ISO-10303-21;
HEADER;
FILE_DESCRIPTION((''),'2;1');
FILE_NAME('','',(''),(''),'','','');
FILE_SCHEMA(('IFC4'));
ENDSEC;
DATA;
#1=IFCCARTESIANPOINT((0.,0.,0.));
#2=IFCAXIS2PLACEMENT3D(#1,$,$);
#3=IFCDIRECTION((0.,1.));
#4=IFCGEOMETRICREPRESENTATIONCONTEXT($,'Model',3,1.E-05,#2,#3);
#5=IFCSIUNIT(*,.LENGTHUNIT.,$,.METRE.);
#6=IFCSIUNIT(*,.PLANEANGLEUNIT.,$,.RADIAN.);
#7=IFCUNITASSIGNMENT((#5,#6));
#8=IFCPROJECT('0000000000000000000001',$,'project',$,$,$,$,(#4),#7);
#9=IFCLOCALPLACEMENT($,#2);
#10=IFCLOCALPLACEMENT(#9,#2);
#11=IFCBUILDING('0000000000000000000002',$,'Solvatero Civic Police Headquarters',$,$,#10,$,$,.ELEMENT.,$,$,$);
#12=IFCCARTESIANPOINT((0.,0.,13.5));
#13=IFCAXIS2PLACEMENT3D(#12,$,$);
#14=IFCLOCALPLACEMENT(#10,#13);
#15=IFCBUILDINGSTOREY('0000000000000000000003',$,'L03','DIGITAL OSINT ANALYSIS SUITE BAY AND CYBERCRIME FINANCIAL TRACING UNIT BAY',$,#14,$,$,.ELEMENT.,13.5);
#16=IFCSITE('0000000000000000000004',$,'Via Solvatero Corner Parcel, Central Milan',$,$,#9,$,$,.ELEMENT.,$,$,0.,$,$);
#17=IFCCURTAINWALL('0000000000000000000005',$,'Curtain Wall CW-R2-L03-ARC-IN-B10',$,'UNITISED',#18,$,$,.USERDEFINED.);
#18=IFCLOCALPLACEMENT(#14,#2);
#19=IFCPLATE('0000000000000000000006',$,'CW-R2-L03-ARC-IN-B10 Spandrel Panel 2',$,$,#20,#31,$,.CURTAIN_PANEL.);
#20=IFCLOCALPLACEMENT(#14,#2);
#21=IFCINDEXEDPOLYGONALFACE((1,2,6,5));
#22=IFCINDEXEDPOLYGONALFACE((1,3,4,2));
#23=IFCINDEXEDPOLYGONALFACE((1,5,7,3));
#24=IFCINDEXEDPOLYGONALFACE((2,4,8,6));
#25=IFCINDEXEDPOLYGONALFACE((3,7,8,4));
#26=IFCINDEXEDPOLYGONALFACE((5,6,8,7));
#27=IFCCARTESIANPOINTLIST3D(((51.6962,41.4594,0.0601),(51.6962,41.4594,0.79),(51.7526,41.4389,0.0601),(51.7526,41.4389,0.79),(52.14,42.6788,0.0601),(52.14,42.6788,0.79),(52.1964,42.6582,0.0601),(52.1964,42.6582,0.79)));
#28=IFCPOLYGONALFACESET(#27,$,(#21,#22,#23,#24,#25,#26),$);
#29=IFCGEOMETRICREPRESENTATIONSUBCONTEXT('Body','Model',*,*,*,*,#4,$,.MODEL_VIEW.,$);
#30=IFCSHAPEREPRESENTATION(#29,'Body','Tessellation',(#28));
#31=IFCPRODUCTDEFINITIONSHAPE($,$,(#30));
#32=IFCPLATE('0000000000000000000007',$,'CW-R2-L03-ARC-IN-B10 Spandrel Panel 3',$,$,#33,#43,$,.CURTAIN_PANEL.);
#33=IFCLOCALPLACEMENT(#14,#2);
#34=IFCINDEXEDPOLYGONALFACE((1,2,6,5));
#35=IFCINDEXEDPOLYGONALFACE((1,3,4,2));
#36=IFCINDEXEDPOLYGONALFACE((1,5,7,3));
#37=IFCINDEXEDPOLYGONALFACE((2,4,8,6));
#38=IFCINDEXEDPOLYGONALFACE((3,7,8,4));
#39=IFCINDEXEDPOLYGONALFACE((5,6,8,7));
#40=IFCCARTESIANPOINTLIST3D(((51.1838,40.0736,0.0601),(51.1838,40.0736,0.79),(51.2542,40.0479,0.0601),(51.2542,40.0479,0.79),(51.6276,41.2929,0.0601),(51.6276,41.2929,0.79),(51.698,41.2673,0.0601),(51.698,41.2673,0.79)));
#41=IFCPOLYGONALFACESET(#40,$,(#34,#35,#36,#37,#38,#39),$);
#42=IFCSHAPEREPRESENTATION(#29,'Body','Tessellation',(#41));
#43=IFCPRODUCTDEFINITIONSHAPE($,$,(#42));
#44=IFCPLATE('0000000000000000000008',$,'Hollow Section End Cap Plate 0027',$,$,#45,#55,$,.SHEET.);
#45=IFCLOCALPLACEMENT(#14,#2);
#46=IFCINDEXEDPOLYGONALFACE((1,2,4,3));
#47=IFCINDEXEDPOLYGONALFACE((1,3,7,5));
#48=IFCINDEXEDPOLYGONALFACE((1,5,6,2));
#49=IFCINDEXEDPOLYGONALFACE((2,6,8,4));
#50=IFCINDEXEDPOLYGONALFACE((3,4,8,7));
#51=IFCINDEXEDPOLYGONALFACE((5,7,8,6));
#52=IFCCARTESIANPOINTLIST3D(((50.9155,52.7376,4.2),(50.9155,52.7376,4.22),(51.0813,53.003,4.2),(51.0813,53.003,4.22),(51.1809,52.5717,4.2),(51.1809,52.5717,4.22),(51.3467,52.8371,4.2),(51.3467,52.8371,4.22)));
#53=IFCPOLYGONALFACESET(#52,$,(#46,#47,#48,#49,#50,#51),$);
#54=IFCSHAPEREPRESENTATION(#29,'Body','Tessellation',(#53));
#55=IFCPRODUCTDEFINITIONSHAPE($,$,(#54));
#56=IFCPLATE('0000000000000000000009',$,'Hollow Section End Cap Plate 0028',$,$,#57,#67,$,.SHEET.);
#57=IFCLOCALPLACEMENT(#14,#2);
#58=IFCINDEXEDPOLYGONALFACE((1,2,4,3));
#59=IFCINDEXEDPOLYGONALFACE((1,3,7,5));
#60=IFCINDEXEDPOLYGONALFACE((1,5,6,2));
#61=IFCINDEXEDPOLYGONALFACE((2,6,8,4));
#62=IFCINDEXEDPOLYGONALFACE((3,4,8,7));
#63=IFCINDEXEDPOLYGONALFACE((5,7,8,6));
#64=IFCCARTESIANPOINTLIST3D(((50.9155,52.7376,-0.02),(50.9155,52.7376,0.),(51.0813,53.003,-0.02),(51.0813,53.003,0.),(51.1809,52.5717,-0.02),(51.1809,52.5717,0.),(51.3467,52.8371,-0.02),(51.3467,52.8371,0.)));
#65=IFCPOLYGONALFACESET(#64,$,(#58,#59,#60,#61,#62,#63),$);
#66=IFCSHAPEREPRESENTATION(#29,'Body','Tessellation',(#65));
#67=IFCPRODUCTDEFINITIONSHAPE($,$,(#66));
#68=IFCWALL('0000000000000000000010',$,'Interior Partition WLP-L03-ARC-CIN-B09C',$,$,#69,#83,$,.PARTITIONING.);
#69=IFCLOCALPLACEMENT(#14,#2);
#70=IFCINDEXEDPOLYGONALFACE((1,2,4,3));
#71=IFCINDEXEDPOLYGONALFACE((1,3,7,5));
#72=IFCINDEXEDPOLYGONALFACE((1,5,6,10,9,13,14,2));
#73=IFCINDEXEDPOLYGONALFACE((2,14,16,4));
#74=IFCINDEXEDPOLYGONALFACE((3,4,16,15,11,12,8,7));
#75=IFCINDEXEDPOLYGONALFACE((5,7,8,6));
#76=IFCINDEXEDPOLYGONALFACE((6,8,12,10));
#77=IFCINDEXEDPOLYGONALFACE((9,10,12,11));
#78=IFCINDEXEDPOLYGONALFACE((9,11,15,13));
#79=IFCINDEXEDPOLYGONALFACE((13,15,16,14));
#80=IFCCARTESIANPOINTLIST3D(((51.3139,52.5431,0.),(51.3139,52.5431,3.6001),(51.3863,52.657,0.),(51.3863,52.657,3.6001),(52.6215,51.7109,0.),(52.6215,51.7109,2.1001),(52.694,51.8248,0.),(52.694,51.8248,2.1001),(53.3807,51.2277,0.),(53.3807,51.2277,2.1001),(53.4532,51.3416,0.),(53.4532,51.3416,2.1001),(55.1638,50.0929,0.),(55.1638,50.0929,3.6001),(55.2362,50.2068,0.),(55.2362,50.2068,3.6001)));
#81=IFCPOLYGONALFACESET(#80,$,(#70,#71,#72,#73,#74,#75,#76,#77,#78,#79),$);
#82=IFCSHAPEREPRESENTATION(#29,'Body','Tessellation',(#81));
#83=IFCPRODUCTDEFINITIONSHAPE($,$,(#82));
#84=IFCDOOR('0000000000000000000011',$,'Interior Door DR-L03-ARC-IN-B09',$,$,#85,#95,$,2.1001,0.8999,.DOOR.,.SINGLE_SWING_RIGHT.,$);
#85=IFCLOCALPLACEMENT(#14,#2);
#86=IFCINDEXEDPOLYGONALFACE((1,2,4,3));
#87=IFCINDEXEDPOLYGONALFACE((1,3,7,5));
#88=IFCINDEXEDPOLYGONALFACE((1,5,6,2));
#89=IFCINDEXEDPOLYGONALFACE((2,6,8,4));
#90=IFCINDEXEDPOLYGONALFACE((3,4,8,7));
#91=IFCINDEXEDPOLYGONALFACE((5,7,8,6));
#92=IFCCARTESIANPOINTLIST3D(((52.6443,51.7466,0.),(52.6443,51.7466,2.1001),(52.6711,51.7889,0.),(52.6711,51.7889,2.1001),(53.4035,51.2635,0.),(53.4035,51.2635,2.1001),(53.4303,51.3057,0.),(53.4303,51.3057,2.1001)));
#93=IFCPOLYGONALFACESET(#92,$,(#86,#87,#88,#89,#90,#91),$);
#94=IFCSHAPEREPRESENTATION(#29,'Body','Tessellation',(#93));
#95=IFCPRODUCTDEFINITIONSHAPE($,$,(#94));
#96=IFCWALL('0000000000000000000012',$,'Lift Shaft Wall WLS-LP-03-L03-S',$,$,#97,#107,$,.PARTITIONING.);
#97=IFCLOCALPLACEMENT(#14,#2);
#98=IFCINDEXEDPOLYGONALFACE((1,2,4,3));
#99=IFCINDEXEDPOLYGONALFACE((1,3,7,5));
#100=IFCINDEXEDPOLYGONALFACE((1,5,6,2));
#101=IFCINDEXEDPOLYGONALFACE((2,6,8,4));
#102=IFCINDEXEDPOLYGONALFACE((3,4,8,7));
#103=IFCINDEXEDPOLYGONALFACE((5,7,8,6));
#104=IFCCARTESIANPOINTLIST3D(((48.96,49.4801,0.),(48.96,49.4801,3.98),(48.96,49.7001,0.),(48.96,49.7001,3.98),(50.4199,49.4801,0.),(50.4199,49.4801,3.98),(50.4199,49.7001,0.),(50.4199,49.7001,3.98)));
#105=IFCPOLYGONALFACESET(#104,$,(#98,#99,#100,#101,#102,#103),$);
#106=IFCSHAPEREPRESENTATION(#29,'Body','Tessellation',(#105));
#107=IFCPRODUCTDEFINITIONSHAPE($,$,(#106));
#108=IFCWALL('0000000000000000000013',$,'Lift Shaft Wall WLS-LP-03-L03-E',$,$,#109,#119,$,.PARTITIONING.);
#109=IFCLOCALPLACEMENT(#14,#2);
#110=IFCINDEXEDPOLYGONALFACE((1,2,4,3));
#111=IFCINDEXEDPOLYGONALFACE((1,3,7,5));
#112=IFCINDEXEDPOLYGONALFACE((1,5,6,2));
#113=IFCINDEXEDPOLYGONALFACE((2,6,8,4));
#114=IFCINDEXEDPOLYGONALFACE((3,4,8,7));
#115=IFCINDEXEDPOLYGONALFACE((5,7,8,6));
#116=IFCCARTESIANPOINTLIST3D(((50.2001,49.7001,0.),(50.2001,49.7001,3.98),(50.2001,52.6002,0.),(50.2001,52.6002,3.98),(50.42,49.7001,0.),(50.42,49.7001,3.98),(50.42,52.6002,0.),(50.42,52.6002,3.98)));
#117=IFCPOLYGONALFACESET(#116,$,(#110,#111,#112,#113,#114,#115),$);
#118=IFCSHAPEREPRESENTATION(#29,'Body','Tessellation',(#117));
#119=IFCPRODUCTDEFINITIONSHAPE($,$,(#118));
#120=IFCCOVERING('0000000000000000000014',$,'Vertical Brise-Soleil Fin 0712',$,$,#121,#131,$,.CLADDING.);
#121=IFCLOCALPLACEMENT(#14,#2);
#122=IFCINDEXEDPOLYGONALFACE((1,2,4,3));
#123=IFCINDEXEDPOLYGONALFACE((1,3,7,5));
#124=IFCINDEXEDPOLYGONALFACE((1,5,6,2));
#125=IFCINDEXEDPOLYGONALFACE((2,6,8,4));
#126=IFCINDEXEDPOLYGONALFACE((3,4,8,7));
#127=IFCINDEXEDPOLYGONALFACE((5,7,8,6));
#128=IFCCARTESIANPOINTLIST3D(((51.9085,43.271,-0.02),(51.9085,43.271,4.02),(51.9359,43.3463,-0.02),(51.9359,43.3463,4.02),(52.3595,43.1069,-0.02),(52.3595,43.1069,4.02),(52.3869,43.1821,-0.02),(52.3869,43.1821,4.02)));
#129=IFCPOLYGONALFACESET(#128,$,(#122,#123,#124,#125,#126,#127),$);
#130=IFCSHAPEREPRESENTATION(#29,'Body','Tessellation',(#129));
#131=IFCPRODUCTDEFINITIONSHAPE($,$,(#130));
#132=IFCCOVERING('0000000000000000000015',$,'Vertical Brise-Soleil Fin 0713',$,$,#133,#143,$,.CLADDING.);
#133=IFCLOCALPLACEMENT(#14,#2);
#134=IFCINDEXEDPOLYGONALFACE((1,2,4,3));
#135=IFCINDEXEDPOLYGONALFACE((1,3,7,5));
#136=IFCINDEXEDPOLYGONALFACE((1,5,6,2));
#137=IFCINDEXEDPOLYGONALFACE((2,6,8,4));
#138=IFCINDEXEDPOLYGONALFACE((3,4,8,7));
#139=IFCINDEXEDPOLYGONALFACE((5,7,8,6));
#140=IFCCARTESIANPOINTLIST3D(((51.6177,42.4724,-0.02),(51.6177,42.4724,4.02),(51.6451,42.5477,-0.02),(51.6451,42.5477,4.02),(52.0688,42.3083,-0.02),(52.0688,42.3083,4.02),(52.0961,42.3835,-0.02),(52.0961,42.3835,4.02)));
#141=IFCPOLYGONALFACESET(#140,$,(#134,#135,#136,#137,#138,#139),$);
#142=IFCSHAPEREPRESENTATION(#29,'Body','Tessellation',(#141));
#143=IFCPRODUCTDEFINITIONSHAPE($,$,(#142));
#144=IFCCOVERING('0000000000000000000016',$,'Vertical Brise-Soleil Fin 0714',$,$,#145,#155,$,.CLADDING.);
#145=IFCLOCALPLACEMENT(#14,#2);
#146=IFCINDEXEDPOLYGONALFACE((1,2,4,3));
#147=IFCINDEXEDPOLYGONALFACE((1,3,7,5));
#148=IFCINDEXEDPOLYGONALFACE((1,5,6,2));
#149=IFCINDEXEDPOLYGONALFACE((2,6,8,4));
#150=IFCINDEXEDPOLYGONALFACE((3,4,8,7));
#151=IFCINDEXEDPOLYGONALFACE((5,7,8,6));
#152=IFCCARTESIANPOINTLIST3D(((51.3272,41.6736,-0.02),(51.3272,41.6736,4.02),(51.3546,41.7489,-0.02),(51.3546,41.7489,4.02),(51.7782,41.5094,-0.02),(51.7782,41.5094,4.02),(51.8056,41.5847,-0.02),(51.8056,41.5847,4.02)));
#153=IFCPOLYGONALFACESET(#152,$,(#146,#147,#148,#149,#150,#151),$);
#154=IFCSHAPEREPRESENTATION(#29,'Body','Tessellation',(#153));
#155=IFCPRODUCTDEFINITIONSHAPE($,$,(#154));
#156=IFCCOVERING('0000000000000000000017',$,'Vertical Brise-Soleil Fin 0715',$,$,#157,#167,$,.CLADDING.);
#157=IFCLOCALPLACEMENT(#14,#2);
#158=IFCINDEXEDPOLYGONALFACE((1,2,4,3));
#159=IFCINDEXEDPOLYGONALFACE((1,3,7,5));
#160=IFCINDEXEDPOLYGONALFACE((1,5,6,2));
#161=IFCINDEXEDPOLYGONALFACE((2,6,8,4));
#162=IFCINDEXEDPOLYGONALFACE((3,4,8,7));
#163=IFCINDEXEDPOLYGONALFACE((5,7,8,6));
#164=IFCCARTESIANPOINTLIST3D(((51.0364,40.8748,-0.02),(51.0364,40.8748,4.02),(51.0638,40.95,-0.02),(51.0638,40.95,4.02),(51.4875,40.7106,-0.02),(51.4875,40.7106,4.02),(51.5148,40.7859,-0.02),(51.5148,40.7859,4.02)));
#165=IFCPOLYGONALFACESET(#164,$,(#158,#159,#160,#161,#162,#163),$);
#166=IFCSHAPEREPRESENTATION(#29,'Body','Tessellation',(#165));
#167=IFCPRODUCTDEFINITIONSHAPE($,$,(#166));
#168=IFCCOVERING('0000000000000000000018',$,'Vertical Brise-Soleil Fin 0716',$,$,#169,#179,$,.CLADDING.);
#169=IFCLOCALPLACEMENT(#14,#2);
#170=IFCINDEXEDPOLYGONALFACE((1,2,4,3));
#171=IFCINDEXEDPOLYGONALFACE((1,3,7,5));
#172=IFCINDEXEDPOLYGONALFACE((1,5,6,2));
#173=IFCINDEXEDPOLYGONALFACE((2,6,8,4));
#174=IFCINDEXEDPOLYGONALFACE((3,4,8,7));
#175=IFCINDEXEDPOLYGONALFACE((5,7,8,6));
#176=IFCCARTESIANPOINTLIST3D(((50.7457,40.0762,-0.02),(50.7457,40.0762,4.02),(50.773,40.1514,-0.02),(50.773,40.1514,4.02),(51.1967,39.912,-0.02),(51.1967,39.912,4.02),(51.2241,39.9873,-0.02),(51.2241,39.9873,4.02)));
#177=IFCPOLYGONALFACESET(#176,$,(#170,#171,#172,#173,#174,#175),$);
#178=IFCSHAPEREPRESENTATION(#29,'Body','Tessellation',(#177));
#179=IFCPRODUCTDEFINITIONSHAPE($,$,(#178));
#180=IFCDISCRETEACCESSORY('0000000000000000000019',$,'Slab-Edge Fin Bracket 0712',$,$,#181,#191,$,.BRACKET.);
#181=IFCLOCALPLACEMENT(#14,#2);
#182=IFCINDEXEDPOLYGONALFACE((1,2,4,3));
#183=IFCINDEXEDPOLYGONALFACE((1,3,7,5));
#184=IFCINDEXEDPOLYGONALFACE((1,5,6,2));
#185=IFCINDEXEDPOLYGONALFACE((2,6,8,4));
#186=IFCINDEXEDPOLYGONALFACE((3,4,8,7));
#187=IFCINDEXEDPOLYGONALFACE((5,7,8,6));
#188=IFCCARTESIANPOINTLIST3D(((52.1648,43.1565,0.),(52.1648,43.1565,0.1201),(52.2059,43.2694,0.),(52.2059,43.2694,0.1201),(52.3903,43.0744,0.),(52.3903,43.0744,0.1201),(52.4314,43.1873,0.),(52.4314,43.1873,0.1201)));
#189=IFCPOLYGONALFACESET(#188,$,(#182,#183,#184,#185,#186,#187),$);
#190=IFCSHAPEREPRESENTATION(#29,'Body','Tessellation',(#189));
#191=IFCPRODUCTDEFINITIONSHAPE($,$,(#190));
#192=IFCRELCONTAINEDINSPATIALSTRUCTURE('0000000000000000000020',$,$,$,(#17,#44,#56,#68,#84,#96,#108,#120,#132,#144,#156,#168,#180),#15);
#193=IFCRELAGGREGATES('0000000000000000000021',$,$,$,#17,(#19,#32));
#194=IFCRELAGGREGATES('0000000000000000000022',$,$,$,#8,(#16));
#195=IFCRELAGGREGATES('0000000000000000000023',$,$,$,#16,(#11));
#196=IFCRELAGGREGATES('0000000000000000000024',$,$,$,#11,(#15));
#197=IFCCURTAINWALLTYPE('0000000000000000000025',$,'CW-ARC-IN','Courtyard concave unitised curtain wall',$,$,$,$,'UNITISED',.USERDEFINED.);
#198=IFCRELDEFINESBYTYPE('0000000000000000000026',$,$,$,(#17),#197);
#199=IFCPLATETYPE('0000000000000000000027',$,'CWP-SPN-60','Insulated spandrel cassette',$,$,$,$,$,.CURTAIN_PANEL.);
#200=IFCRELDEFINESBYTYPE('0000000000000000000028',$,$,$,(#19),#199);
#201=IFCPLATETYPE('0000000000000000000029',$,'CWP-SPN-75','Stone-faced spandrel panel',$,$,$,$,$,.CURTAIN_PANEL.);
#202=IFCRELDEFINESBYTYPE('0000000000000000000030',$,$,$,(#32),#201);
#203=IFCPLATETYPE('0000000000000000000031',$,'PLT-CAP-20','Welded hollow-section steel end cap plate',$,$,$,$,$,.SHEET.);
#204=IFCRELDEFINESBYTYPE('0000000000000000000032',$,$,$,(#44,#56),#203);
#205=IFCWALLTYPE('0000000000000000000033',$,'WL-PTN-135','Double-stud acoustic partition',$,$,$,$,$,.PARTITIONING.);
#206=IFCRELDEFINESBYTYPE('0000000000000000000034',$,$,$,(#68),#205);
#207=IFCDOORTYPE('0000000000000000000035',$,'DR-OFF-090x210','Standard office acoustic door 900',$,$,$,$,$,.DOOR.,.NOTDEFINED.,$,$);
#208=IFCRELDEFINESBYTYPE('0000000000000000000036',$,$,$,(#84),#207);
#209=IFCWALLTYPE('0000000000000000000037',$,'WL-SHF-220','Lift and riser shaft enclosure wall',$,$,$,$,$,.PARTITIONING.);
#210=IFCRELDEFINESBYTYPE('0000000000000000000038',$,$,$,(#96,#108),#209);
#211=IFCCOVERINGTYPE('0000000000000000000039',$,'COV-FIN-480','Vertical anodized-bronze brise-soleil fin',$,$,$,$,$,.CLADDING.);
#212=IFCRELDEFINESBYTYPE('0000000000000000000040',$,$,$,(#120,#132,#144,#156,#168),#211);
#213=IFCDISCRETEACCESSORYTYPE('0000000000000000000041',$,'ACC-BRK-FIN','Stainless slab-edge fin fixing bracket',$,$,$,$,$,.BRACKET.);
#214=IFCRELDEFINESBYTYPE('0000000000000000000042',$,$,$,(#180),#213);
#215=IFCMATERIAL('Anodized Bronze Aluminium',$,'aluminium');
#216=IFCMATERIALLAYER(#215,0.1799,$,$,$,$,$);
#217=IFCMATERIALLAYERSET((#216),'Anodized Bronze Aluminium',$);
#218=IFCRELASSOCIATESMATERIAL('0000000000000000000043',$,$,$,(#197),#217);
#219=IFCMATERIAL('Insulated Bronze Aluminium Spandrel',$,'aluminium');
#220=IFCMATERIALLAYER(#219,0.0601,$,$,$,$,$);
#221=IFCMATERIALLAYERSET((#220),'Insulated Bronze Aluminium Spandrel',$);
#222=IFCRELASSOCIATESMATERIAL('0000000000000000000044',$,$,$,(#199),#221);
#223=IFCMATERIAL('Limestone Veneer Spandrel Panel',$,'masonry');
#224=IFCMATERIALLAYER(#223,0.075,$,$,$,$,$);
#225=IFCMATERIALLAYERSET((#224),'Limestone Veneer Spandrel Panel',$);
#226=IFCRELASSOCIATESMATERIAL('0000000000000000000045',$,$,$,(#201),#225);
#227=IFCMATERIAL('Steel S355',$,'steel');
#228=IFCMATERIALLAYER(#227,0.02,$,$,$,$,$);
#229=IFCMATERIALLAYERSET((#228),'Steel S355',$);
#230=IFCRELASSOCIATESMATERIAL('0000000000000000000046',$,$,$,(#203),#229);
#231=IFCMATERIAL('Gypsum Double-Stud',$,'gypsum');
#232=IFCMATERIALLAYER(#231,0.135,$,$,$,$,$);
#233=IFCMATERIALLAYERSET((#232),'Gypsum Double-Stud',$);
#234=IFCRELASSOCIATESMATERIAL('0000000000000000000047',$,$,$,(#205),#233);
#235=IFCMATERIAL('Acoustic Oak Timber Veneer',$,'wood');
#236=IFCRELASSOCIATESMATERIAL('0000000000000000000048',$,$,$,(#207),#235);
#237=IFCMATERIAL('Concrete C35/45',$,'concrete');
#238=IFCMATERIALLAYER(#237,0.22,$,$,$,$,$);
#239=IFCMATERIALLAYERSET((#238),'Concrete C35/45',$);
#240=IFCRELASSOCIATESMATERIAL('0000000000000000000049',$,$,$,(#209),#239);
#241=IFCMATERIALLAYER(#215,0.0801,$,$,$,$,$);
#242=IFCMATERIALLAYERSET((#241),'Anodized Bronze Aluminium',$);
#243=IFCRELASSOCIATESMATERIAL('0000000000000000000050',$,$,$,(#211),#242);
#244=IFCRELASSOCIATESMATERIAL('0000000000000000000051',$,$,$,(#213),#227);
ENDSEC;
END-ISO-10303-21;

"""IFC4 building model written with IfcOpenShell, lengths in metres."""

from ifc_helpers import new_model, si_unit, direction, frame, frame_2d, origin, origin_2d, place, context, subcontext, project, spatial, rectangle, extrude, material, layer, layer_set, type_object, element, fill, aggregate, save


model = new_model("IFC4")

# Units and contexts
model_context = context("Model", 3, precision=1e-05, world=origin(), true_north=direction((0.0, 1.0)))
body_context = subcontext(model_context, "Body", "Model", "MODEL_VIEW")
ifc_project = project(units=[si_unit("LENGTHUNIT", "METRE"), si_unit("PLANEANGLEUNIT", "RADIAN")], contexts=[model_context])

# Site, building, storey
site_placement = place(None, origin())
site = spatial("IfcSite", under=ifc_project, at=site_placement, Name="Via Solvatero Corner Parcel, Central Milan", CompositionType="ELEMENT", RefElevation=0.0)
building_placement = place(site_placement, origin())
building = spatial("IfcBuilding", under=site, at=building_placement, Name="Solvatero Civic Police Headquarters", CompositionType="ELEMENT")
storey_placement = place(building_placement, frame((0.0, 0.0, 13.5)))
storey = spatial("IfcBuildingStorey", under=building, at=storey_placement, Name="L03", Description="DIGITAL OSINT ANALYSIS SUITE BAY AND CYBERCRIME FINANCIAL TRACING UNIT BAY", CompositionType="ELEMENT", Elevation=13.5)

# Shared definitions
ifc_material_1 = material(Name="Steel S355", Category="steel")

# Curtain wall, plates
ifc_material_2 = material(Name="Anodized Bronze Aluminium", Category="aluminium")
ifc_layer_1 = layer(ifc_material_2, 0.1799)
ifc_layer_set_1 = layer_set([ifc_layer_1], Name="Anodized Bronze Aluminium")
curtain_wall_type = type_object("IfcCurtainWallType", Name="CW-ARC-IN", Description="Courtyard concave unitised curtain wall", ElementType="UNITISED", PredefinedType="USERDEFINED", material=ifc_layer_set_1)
curtain_wall_placement = place(storey_placement, origin())
curtain_wall = element("IfcCurtainWall", 1, at=curtain_wall_placement, inside=storey, type_object=curtain_wall_type, Name="Curtain Wall CW-R2-L03-ARC-IN-B10", ObjectType="UNITISED", PredefinedType="USERDEFINED")
ifc_material_3 = material(Name="Insulated Bronze Aluminium Spandrel", Category="aluminium")
ifc_layer_2 = layer(ifc_material_3, 0.0601)
ifc_layer_set_2 = layer_set([ifc_layer_2], Name="Insulated Bronze Aluminium Spandrel")
plate_type_1 = type_object("IfcPlateType", Name="CWP-SPN-60", Description="Insulated spandrel cassette", PredefinedType="CURTAIN_PANEL", material=ifc_layer_set_2)
plate_1_placement = place(storey_placement, frame((51.9463, 42.0588, 0.0601), z_axis=(0.0, 0.0, 1.0), x_axis=(-0.34202, -0.939693, 0.0)))
plate_1 = element("IfcPlate", 2, at=plate_1_placement, type_object=plate_type_1, Name="CW-R2-L03-ARC-IN-B10 Spandrel Panel 2", PredefinedType="CURTAIN_PANEL", context=body_context, shape_type="SweptSolid", body=[
    extrude(rectangle(XDim=1.2976, YDim=0.0601, at=origin_2d()), origin(), (0.0, 0.0, 1.0), 0.73),
])
ifc_material_4 = material(Name="Limestone Veneer Spandrel Panel", Category="masonry")
ifc_layer_3 = layer(ifc_material_4, 0.075)
ifc_layer_set_3 = layer_set([ifc_layer_3], Name="Limestone Veneer Spandrel Panel")
plate_type_2 = type_object("IfcPlateType", Name="CWP-SPN-75", Description="Stone-faced spandrel panel", PredefinedType="CURTAIN_PANEL", material=ifc_layer_set_3)
plate_2_placement = place(storey_placement, frame((51.4409, 40.6704, 0.0601), z_axis=(0.0, 0.0, 1.0), x_axis=(-0.34202, -0.939693, 0.0)))
plate_2 = element("IfcPlate", 3, at=plate_2_placement, type_object=plate_type_2, Name="CW-R2-L03-ARC-IN-B10 Spandrel Panel 3", PredefinedType="CURTAIN_PANEL", context=body_context, shape_type="SweptSolid", body=[
    extrude(rectangle(XDim=1.2976, YDim=0.075, at=origin_2d()), origin(), (0.0, 0.0, 1.0), 0.73),
])
aggregate(curtain_wall, [plate_1, plate_2])

# Plates
ifc_layer_4 = layer(ifc_material_1, 0.02)
ifc_layer_set_4 = layer_set([ifc_layer_4], Name="Steel S355")
plate_type_3 = type_object("IfcPlateType", Name="PLT-CAP-20", Description="Welded hollow-section steel end cap plate", PredefinedType="SHEET", material=ifc_layer_set_4)
for number, where, z_axis, x_axis, name in (
    (4, (51.1311, 52.7874, 4.2), (0.0, 0.0, 1.0), (0.529919, 0.848048, 0.0), "Hollow Section End Cap Plate 0027"),
    (5, (51.1311, 52.7874, -0.02), (0.0, 0.0, 1.0), (0.529919, 0.848048, 0.0), "Hollow Section End Cap Plate 0028"),
):
    element("IfcPlate", number, at=place(storey_placement, frame(where, z_axis=z_axis, x_axis=x_axis)), inside=storey, type_object=plate_type_3, Name=name, PredefinedType="SHEET", context=body_context, shape_type="SweptSolid", body=[
        extrude(rectangle(XDim=0.313, YDim=0.313, at=origin_2d()), origin(), (0.0, 0.0, 1.0), 0.02),
    ])

# Wall, opening, door
ifc_material_5 = material(Name="Gypsum Double-Stud", Category="gypsum")
ifc_layer_5 = layer(ifc_material_5, 0.135)
ifc_layer_set_5 = layer_set([ifc_layer_5], Name="Gypsum Double-Stud")
wall_type_1 = type_object("IfcWallType", Name="WL-PTN-135", Description="Double-stud acoustic partition", PredefinedType="PARTITIONING", material=ifc_layer_set_5)
wall_1_placement = place(storey_placement, frame((51.3501, 52.6001, 0.0), z_axis=(0.0, 0.0, 1.0), x_axis=(0.843633, -0.53692, 0.0)))
wall_1 = element("IfcWall", 6, at=wall_1_placement, inside=storey, type_object=wall_type_1, Name="Interior Partition WLP-L03-ARC-CIN-B09C", PredefinedType="PARTITIONING", context=body_context, shape_type="SweptSolid", body=[
    extrude(rectangle(XDim=4.5635, YDim=0.135, at=frame_2d((2.2817, 0.0))), origin(), (0.0, 0.0, 1.0), 3.6001),
])
opening_placement = place(wall_1_placement, frame((1.55, 0.0, 0.0)))
opening = element("IfcOpeningElement", 7, at=opening_placement, cuts=wall_1, PredefinedType="OPENING", context=body_context, shape_type="SweptSolid", body=[
    extrude(rectangle(XDim=0.8999, YDim=2.1001, at=frame_2d((0.45, 1.05))), frame((0.0, 0.0774, 0.0), z_axis=(0.0, -1.0, 0.0), x_axis=(1.0, 0.0, 0.0)), (0.0, 0.0, 1.0), 0.155),
])
ifc_material_6 = material(Name="Acoustic Oak Timber Veneer", Category="wood")
door_type = type_object("IfcDoorType", Name="DR-OFF-090x210", Description="Standard office acoustic door 900", OperationType="NOTDEFINED", PredefinedType="DOOR", material=ifc_material_6)
door_placement = place(opening_placement, origin())
door = element("IfcDoor", 8, at=door_placement, inside=storey, type_object=door_type, Name="Interior Door DR-L03-ARC-IN-B09", OperationType="SINGLE_SWING_RIGHT", OverallHeight=2.1001, OverallWidth=0.8999, PredefinedType="DOOR", context=body_context, shape_type="SweptSolid", body=[
    extrude(rectangle(XDim=0.8999, YDim=2.1001, at=frame_2d((0.45, 1.05))), frame((0.0, 0.0249, 0.0), z_axis=(0.0, -1.0, 0.0), x_axis=(1.0, 0.0, 0.0)), (0.0, 0.0, 1.0), 0.05),
])
fill(opening, door)

# Walls
ifc_material_7 = material(Name="Concrete C35/45", Category="concrete")
ifc_layer_6 = layer(ifc_material_7, 0.22)
ifc_layer_set_6 = layer_set([ifc_layer_6], Name="Concrete C35/45")
wall_type_2 = type_object("IfcWallType", Name="WL-SHF-220", Description="Lift and riser shaft enclosure wall", PredefinedType="PARTITIONING", material=ifc_layer_set_6)
wall_2_placement = place(storey_placement, frame((48.96, 49.5901, 0.0), z_axis=(0.0, 0.0, 1.0), x_axis=(1.0, 0.0, 0.0)))
element("IfcWall", 9, at=wall_2_placement, inside=storey, type_object=wall_type_2, Name="Lift Shaft Wall WLS-LP-03-L03-S", PredefinedType="PARTITIONING", context=body_context, shape_type="SweptSolid", body=[
    extrude(rectangle(XDim=1.46, YDim=0.22, at=frame_2d((0.73, 0.0))), origin(), (0.0, 0.0, 1.0), 3.98),
])
wall_3_placement = place(storey_placement, frame((50.3101, 49.7, 0.0), z_axis=(0.0, 0.0, 1.0), x_axis=(0.0, 1.0, 0.0)))
element("IfcWall", 10, at=wall_3_placement, inside=storey, type_object=wall_type_2, Name="Lift Shaft Wall WLS-LP-03-L03-E", PredefinedType="PARTITIONING", context=body_context, shape_type="SweptSolid", body=[
    extrude(rectangle(XDim=2.9001, YDim=0.22, at=frame_2d((1.4502, 0.0))), origin(), (0.0, 0.0, 1.0), 3.98),
])

# Coverings
ifc_layer_7 = layer(ifc_material_2, 0.0801)
ifc_layer_set_7 = layer_set([ifc_layer_7], Name="Anodized Bronze Aluminium")
covering_type = type_object("IfcCoveringType", Name="COV-FIN-480", Description="Vertical anodized-bronze brise-soleil fin", PredefinedType="CLADDING", material=ifc_layer_set_7)
for number, where, z_axis, x_axis, name in (
    (11, (52.1477, 43.2266, -0.02), (0.0, 0.0, 1.0), (-0.34202, -0.939693, 0.0), "Vertical Brise-Soleil Fin 0712"),
    (12, (51.8569, 42.428, -0.02), (0.0, 0.0, 1.0), (-0.34202, -0.939693, 0.0), "Vertical Brise-Soleil Fin 0713"),
    (13, (51.5664, 41.6292, -0.02), (0.0, 0.0, 1.0), (-0.34202, -0.939693, 0.0), "Vertical Brise-Soleil Fin 0714"),
    (14, (51.2756, 40.8303, -0.02), (0.0, 0.0, 1.0), (-0.34202, -0.939693, 0.0), "Vertical Brise-Soleil Fin 0715"),
    (15, (50.9849, 40.0317, -0.02), (0.0, 0.0, 1.0), (-0.34202, -0.939693, 0.0), "Vertical Brise-Soleil Fin 0716"),
):
    element("IfcCovering", number, at=place(storey_placement, frame(where, z_axis=z_axis, x_axis=x_axis)), inside=storey, type_object=covering_type, Name=name, PredefinedType="CLADDING", context=body_context, shape_type="SweptSolid", body=[
        extrude(rectangle(XDim=0.0801, YDim=0.48, at=origin_2d()), origin(), (0.0, 0.0, 1.0), 4.04),
    ])

# Discrete accessory
discrete_accessory_type = type_object("IfcDiscreteAccessoryType", Name="ACC-BRK-FIN", Description="Stainless slab-edge fin fixing bracket", PredefinedType="BRACKET", material=ifc_material_1)
for number, where, z_axis, x_axis, name in (
    (16, (52.2981, 43.1719, 0.0), (0.0, 0.0, 1.0), (-0.34202, -0.939693, 0.0), "Slab-Edge Fin Bracket 0712"),
):
    element("IfcDiscreteAccessory", number, at=place(storey_placement, frame(where, z_axis=z_axis, x_axis=x_axis)), inside=storey, type_object=discrete_accessory_type, Name=name, PredefinedType="BRACKET", context=body_context, shape_type="SweptSolid", body=[
        extrude(rectangle(XDim=0.1201, YDim=0.24, at=origin_2d()), origin(), (0.0, 0.0, 1.0), 0.1201),
    ])

save(model, "model.ifc")
